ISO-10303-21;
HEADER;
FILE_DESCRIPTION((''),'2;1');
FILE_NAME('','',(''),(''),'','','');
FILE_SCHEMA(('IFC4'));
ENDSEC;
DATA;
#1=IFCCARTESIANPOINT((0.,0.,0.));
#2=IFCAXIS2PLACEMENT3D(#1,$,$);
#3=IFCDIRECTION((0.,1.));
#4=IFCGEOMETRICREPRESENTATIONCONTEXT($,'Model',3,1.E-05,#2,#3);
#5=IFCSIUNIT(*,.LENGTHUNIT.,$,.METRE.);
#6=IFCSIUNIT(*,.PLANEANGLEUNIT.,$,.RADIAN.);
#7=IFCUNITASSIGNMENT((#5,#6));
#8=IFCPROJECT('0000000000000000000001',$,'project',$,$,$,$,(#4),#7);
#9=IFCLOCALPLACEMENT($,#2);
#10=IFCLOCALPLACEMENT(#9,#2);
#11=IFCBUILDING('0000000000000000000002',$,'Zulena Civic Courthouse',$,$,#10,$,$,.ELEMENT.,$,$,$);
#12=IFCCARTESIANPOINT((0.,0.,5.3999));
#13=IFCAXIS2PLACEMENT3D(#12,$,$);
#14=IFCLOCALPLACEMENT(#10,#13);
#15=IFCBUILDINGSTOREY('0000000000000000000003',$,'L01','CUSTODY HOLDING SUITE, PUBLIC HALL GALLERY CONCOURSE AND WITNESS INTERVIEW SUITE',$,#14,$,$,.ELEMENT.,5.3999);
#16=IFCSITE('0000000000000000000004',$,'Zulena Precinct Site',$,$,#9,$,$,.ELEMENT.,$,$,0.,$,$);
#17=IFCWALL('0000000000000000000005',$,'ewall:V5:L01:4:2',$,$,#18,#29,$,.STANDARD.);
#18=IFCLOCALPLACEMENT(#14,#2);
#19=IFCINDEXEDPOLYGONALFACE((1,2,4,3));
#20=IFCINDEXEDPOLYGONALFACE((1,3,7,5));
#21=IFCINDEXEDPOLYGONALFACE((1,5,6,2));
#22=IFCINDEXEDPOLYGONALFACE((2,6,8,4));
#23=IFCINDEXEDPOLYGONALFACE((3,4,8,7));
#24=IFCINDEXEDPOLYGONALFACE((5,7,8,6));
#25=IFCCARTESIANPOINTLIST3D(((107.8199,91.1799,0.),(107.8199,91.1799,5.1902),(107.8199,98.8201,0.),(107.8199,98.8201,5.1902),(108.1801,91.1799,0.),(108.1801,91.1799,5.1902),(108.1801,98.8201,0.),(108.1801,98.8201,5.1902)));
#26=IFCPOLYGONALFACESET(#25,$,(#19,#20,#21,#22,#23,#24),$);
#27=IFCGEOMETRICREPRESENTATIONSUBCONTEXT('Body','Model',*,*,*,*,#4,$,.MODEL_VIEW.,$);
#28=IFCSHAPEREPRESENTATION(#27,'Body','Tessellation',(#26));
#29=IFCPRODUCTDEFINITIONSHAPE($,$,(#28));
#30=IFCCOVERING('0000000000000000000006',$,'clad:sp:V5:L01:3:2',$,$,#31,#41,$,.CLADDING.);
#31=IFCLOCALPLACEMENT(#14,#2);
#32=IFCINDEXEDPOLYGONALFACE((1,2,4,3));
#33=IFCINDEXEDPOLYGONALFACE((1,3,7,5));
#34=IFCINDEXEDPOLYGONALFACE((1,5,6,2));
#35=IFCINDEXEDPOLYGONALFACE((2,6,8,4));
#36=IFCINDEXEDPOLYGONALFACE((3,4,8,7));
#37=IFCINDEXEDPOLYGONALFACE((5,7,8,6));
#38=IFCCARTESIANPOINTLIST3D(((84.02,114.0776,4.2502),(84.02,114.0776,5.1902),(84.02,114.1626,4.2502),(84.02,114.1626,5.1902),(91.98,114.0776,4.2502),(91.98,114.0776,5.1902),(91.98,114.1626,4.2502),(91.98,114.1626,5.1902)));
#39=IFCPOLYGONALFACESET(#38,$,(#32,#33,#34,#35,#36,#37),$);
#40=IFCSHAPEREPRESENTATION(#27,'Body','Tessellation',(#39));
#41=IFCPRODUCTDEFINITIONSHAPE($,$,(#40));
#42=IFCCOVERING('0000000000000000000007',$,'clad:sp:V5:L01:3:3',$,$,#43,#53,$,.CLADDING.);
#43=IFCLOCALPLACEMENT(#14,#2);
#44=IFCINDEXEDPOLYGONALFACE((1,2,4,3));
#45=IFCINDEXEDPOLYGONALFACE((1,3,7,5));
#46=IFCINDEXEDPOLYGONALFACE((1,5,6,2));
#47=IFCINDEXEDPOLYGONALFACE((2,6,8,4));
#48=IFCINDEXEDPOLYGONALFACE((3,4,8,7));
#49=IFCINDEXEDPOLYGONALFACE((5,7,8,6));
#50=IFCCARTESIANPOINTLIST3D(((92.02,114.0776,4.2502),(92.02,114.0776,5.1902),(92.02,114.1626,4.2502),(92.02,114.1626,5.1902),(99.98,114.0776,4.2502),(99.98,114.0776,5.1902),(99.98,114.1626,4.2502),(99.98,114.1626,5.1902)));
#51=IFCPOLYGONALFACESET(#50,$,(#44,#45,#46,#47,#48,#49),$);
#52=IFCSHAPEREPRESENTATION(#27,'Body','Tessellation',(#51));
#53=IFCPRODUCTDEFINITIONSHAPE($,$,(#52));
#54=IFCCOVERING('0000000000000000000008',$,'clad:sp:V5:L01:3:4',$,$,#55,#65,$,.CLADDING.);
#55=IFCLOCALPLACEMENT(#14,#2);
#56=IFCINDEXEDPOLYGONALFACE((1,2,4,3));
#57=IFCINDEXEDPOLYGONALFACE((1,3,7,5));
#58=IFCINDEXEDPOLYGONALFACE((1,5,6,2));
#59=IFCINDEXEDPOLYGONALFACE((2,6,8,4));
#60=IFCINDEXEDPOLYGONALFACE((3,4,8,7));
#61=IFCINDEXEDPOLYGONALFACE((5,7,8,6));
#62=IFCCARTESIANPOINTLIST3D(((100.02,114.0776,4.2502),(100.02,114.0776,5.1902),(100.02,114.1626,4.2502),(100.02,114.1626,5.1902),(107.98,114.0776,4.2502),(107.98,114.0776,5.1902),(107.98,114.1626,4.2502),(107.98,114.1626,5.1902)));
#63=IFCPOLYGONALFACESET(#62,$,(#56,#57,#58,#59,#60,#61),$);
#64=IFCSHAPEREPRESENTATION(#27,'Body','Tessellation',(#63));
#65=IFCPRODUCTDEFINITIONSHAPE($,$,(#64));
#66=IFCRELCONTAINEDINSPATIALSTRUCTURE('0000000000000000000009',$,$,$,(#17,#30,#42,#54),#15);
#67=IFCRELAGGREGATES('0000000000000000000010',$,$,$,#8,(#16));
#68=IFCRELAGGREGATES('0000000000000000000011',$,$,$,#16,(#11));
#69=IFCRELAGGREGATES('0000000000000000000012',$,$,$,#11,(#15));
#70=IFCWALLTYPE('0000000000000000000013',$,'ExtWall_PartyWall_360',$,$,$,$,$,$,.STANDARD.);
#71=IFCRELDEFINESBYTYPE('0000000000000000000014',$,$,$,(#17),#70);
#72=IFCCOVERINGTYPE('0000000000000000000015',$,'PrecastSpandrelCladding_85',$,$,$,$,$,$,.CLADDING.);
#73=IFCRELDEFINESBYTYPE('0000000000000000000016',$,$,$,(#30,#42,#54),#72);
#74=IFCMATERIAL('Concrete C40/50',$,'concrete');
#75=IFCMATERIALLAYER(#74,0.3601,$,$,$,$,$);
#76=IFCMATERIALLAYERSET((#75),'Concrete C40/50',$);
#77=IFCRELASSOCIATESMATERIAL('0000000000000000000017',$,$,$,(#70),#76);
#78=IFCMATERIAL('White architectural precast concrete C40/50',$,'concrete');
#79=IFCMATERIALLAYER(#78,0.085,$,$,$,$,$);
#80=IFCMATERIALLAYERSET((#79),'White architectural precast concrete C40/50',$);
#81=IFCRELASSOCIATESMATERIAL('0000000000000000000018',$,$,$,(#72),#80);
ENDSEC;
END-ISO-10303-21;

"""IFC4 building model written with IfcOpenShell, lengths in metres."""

from ifc_helpers import new_model, si_unit, direction, frame, frame_2d, origin, origin_2d, place, context, subcontext, project, spatial, rectangle, extrude, material, layer, layer_set, type_object, element, save


model = new_model("IFC4")

# Units and contexts
model_context = context("Model", 3, precision=1e-05, world=origin(), true_north=direction((0.0, 1.0)))
body_context = subcontext(model_context, "Body", "Model", "MODEL_VIEW")
ifc_project = project(units=[si_unit("LENGTHUNIT", "METRE"), si_unit("PLANEANGLEUNIT", "RADIAN")], contexts=[model_context])

# Site, building, storey
site_placement = place(None, origin())
site = spatial("IfcSite", under=ifc_project, at=site_placement, Name="Zulena Precinct Site", CompositionType="ELEMENT", RefElevation=0.0)
building_placement = place(site_placement, origin())
building = spatial("IfcBuilding", under=site, at=building_placement, Name="Zulena Civic Courthouse", CompositionType="ELEMENT")
storey_placement = place(building_placement, frame((0.0, 0.0, 5.3999)))
storey = spatial("IfcBuildingStorey", under=building, at=storey_placement, Name="L01", Description="CUSTODY HOLDING SUITE, PUBLIC HALL GALLERY CONCOURSE AND WITNESS INTERVIEW SUITE", CompositionType="ELEMENT", Elevation=5.3999)

# Wall
ifc_material_1 = material(Name="Concrete C40/50", Category="concrete")
ifc_layer_1 = layer(ifc_material_1, 0.3601)
ifc_layer_set_1 = layer_set([ifc_layer_1], Name="Concrete C40/50")
wall_type_1 = type_object("IfcWallType", Name="ExtWall_PartyWall_360", PredefinedType="STANDARD", material=ifc_layer_set_1)
wall_1_placement = place(storey_placement, frame((108.0, 98.8201, 0.0), z_axis=(0.0, 0.0, 1.0), x_axis=(0.0, -1.0, 0.0)))
element("IfcWall", 1, at=wall_1_placement, inside=storey, type_object=wall_type_1, Name="ewall:V5:L01:4:2", PredefinedType="STANDARD", context=body_context, shape_type="SweptSolid", body=[
    extrude(rectangle(XDim=7.6401, YDim=0.3601, at=frame_2d((3.8201, 0.0))), origin(), (0.0, 0.0, 1.0), 5.1902),
])

# Coverings
ifc_material_2 = material(Name="White architectural precast concrete C40/50", Category="concrete")
ifc_layer_2 = layer(ifc_material_2, 0.085)
ifc_layer_set_2 = layer_set([ifc_layer_2], Name="White architectural precast concrete C40/50")
covering_type = type_object("IfcCoveringType", Name="PrecastSpandrelCladding_85", PredefinedType="CLADDING", material=ifc_layer_set_2)
for number, where, z_axis, x_axis, name in (
    (2, (88.0, 114.1201, 4.2502), (0.0, 0.0, 1.0), (1.0, 0.0, 0.0), "clad:sp:V5:L01:3:2"),
    (3, (96.0, 114.1201, 4.2502), (0.0, 0.0, 1.0), (1.0, 0.0, 0.0), "clad:sp:V5:L01:3:3"),
    (4, (104.0, 114.1201, 4.2502), (0.0, 0.0, 1.0), (1.0, 0.0, 0.0), "clad:sp:V5:L01:3:4"),
):
    element("IfcCovering", number, at=place(storey_placement, frame(where, z_axis=z_axis, x_axis=x_axis)), inside=storey, type_object=covering_type, Name=name, PredefinedType="CLADDING", context=body_context, shape_type="SweptSolid", body=[
        extrude(rectangle(XDim=7.96, YDim=0.085, at=origin_2d()), origin(), (0.0, 0.0, 1.0), 0.9399),
    ])

save(model, "model.ifc")
